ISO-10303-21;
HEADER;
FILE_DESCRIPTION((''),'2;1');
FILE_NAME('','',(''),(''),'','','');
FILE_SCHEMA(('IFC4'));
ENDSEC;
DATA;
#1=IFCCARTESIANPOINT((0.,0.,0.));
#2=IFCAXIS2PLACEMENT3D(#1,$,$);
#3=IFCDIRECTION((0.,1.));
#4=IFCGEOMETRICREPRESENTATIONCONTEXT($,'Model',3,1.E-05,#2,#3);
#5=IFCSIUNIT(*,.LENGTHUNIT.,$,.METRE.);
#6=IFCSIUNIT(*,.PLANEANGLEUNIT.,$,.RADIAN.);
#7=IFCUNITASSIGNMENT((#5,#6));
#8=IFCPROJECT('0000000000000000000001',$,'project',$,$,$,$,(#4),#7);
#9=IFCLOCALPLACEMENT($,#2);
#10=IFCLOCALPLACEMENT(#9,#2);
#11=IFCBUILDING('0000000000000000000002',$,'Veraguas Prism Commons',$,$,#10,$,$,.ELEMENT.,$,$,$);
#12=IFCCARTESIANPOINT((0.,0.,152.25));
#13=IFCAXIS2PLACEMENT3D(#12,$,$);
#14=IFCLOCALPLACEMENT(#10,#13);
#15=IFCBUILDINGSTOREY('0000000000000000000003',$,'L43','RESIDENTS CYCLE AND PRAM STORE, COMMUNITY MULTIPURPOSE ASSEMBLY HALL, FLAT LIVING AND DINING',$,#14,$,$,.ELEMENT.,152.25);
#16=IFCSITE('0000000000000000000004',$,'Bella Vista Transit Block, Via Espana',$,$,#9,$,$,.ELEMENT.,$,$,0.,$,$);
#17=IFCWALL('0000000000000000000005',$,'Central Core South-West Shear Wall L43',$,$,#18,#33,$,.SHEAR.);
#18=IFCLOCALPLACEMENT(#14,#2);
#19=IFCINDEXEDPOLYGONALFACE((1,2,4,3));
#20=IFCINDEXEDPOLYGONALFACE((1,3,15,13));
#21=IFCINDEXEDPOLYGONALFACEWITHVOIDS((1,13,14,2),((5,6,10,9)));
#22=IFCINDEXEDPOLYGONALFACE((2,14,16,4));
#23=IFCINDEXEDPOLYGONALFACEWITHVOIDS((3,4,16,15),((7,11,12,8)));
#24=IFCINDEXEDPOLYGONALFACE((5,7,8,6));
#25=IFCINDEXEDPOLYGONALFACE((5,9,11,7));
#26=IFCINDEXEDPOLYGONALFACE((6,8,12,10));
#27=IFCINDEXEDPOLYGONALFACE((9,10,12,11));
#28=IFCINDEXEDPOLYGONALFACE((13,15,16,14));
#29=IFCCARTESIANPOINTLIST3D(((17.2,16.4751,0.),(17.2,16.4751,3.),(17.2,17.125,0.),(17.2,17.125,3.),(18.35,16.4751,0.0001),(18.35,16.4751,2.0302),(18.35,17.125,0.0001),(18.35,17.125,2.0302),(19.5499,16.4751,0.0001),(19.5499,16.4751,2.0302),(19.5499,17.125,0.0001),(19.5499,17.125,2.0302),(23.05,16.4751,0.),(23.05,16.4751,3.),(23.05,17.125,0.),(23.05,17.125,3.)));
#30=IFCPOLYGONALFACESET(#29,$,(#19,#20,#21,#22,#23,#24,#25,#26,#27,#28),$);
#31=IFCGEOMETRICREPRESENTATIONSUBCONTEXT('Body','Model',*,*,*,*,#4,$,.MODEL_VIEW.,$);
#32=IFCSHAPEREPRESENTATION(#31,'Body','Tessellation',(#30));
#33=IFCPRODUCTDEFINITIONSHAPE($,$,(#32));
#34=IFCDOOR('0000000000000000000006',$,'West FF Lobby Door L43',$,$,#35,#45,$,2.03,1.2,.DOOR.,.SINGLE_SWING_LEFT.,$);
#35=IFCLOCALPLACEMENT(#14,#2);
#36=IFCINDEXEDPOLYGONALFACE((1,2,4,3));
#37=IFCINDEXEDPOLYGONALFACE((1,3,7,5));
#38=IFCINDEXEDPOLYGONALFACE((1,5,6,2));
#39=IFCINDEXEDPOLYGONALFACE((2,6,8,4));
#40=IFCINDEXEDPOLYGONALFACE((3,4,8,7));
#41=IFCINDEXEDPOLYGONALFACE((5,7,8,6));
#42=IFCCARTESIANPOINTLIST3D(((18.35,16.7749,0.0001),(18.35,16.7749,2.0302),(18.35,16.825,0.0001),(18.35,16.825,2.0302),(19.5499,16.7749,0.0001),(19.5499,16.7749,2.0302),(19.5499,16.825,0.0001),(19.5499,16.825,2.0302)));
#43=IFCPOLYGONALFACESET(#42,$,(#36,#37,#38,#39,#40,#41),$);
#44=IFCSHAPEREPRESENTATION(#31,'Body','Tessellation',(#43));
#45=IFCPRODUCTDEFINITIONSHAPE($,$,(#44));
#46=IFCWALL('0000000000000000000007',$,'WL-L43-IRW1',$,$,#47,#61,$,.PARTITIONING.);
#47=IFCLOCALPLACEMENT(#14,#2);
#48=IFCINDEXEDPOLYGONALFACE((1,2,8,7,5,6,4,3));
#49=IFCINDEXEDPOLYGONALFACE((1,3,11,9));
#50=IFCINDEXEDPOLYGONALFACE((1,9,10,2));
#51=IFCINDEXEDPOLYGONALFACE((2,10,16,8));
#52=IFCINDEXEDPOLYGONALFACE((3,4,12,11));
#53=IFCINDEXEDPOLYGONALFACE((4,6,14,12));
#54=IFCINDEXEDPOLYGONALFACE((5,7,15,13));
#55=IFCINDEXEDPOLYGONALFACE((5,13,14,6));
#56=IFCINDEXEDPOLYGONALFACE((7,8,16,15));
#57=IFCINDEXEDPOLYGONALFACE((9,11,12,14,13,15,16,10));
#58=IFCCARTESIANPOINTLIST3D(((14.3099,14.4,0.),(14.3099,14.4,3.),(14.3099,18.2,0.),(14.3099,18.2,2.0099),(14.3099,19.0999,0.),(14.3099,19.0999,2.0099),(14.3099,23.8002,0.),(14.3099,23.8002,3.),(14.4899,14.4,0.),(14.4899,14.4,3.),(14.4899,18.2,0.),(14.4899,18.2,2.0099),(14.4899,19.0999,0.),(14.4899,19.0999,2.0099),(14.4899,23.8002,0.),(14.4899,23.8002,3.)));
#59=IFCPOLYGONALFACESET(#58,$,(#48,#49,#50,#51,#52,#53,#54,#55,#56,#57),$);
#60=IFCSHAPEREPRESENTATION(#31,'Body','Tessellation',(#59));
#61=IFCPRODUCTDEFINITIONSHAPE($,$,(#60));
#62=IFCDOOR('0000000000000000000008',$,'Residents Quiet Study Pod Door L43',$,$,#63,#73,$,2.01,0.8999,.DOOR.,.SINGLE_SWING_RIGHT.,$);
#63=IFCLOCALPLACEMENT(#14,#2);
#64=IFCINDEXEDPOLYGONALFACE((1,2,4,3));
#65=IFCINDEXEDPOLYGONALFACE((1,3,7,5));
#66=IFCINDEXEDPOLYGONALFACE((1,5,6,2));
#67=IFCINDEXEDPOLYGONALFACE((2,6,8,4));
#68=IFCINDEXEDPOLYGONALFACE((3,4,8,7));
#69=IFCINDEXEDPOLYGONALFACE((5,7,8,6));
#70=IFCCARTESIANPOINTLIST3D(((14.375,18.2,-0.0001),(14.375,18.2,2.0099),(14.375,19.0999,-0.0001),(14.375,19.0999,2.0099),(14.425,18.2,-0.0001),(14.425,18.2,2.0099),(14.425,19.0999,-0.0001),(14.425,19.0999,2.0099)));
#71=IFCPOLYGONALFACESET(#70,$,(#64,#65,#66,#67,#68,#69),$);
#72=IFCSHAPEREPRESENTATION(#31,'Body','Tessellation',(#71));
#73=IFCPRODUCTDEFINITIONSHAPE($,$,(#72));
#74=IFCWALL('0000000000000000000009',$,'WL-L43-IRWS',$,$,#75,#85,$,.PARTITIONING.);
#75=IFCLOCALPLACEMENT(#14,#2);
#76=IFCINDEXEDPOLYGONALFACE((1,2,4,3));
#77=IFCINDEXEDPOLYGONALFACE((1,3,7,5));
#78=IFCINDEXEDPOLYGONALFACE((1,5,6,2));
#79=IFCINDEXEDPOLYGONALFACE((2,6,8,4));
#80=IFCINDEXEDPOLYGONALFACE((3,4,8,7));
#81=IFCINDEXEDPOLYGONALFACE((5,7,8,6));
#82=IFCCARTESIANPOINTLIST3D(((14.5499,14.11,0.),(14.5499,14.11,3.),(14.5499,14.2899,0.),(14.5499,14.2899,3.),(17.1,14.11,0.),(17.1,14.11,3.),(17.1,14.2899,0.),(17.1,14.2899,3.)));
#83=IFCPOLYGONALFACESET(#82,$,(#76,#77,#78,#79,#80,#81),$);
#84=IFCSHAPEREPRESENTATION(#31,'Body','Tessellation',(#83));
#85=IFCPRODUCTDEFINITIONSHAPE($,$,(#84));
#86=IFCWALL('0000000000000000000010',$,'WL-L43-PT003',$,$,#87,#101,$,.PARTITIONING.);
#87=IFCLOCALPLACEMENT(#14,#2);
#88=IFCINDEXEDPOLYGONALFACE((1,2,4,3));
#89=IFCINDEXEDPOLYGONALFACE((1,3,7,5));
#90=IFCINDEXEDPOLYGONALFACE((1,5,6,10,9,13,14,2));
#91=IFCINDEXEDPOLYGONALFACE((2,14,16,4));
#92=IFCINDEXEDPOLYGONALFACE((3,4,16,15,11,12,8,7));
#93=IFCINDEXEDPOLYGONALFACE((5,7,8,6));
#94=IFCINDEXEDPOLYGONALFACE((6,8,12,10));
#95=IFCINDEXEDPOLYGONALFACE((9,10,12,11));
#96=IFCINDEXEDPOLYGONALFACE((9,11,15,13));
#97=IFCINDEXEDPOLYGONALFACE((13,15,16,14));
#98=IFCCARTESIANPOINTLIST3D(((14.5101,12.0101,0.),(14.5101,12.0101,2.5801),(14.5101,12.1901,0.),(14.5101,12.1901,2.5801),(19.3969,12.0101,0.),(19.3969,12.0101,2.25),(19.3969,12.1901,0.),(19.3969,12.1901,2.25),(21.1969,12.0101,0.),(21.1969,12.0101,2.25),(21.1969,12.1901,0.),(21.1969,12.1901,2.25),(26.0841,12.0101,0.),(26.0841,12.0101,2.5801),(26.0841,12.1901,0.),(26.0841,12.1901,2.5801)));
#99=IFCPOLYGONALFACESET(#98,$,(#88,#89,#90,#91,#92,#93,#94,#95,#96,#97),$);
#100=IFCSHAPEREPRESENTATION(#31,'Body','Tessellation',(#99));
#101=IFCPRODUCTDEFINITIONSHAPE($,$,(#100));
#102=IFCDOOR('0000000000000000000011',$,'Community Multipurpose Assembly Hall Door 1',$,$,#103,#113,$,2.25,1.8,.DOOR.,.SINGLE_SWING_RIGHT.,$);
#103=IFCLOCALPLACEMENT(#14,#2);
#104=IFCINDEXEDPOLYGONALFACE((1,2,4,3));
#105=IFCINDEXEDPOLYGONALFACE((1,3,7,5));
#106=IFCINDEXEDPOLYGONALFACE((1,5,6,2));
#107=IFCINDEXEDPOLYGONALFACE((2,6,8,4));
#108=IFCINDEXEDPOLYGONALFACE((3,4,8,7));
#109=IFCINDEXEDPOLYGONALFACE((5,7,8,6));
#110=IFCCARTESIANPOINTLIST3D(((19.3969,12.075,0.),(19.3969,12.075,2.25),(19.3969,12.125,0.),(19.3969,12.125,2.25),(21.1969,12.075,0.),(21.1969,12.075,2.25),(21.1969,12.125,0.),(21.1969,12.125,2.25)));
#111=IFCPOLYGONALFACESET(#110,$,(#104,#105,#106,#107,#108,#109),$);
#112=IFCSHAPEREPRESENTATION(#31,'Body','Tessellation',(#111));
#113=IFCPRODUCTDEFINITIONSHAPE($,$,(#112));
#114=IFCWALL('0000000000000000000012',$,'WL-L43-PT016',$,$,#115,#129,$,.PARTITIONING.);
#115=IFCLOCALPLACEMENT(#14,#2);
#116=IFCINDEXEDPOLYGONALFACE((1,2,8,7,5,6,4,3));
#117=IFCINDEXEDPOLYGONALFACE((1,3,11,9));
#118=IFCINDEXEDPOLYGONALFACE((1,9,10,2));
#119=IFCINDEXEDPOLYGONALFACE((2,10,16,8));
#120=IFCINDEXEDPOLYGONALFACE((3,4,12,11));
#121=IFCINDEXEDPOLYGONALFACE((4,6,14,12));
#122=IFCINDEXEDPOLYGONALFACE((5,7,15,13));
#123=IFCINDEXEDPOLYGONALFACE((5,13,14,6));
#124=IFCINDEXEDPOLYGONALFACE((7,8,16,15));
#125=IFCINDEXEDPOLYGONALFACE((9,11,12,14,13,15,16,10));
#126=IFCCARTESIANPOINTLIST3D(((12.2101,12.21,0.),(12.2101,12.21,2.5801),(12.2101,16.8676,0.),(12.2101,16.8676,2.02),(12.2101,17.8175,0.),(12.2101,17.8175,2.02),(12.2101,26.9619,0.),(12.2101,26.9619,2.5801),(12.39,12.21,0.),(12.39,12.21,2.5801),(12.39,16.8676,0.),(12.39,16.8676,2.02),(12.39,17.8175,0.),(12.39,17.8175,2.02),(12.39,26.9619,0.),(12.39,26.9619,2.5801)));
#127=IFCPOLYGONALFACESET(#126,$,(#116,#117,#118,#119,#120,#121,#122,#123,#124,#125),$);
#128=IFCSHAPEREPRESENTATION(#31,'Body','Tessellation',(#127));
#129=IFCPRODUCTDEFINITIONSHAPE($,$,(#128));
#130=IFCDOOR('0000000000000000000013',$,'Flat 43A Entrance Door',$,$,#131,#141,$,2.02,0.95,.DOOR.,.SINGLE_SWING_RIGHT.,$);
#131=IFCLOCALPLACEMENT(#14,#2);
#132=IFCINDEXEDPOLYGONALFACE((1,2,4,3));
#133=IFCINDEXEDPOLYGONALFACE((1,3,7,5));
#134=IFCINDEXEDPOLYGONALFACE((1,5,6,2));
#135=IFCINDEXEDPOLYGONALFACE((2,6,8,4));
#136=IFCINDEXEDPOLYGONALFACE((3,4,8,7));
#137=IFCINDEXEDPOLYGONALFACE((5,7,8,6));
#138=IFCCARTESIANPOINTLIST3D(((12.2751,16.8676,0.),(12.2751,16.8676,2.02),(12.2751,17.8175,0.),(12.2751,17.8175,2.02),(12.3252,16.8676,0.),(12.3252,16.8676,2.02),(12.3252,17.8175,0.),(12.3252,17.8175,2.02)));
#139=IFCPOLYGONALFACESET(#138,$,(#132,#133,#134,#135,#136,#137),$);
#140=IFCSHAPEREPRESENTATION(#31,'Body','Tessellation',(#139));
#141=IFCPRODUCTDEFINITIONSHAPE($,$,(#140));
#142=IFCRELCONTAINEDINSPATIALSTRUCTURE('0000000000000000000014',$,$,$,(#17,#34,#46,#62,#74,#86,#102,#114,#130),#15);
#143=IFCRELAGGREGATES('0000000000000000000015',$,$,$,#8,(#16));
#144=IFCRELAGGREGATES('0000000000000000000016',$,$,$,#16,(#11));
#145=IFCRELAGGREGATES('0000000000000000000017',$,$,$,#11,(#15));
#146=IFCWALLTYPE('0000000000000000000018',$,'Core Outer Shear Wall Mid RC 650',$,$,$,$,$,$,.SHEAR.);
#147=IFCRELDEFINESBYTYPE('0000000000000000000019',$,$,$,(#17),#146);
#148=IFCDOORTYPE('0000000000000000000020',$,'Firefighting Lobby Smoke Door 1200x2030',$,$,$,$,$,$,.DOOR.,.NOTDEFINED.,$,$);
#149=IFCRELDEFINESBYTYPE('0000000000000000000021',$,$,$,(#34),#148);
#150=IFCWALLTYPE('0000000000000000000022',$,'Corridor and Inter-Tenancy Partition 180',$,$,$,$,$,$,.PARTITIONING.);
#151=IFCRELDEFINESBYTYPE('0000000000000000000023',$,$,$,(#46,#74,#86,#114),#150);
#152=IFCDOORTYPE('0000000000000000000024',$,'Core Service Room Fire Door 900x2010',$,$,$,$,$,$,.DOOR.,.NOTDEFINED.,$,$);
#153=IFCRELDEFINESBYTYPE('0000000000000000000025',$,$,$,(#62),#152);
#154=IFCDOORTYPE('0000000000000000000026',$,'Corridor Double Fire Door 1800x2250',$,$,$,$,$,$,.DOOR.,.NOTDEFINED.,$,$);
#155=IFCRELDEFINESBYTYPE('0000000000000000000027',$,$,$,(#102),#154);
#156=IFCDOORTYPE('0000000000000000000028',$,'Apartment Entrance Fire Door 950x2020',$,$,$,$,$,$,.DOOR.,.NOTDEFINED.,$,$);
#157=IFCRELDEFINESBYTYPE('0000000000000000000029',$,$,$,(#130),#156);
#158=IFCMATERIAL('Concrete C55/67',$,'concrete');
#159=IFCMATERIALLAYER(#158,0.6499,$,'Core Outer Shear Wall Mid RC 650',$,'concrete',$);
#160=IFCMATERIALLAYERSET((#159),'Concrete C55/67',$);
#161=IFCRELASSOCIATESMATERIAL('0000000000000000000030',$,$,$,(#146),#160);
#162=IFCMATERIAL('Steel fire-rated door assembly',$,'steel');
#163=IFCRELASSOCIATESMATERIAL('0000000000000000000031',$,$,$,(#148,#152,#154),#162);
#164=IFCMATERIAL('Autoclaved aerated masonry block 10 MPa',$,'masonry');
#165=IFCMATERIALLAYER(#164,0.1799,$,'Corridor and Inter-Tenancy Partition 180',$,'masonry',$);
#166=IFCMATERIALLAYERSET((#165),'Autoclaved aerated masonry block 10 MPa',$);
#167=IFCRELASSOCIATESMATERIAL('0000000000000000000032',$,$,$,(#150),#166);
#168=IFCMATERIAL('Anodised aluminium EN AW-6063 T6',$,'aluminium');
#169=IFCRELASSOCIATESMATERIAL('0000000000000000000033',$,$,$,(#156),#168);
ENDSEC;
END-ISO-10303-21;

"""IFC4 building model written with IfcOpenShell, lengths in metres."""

from ifc_helpers import new_model, si_unit, direction, frame, frame_2d, origin, place, context, subcontext, project, spatial, rectangle, extrude, source, transform, mapped, material, layer, layer_set, type_object, element, fill, save


model = new_model("IFC4")

# Units and contexts
model_context = context("Model", 3, precision=1e-05, world=origin(), true_north=direction((0.0, 1.0)))
body_context = subcontext(model_context, "Body", "Model", "MODEL_VIEW")
ifc_project = project(units=[si_unit("LENGTHUNIT", "METRE"), si_unit("PLANEANGLEUNIT", "RADIAN")], contexts=[model_context])

# Site, building, storey
site_placement = place(None, origin())
site = spatial("IfcSite", under=ifc_project, at=site_placement, Name="Bella Vista Transit Block, Via Espana", CompositionType="ELEMENT", RefElevation=0.0)
building_placement = place(site_placement, origin())
building = spatial("IfcBuilding", under=site, at=building_placement, Name="Veraguas Prism Commons", CompositionType="ELEMENT")
storey_placement = place(building_placement, frame((0.0, 0.0, 152.25)))
storey = spatial("IfcBuildingStorey", under=building, at=storey_placement, Name="L43", Description="RESIDENTS CYCLE AND PRAM STORE, COMMUNITY MULTIPURPOSE ASSEMBLY HALL, FLAT LIVING AND DINING", CompositionType="ELEMENT", Elevation=152.25)

# Shared definitions
ifc_material_1 = material(Name="Steel fire-rated door assembly", Category="steel")

# Shared definitions
ifc_material_2 = material(Name="Concrete C55/67", Category="concrete")
ifc_layer_1 = layer(ifc_material_2, 0.6499, Name="Core Outer Shear Wall Mid RC 650", Category="concrete")
ifc_layer_set_1 = layer_set([ifc_layer_1], Name="Concrete C55/67")
wall_type_1 = type_object("IfcWallType", Name="Core Outer Shear Wall Mid RC 650", PredefinedType="SHEAR", material=ifc_layer_set_1)

# Walls, openings, doors
wall_1_placement = place(storey_placement, frame((17.2, 16.8, 0.0), z_axis=(0.0, 0.0, 1.0), x_axis=(1.0, 0.0, 0.0)))
wall_1 = element("IfcWall", 1, at=wall_1_placement, inside=storey, type_object=wall_type_1, Name="Central Core South-West Shear Wall L43", PredefinedType="SHEAR", context=body_context, shape_type="SweptSolid", body=[
    extrude(rectangle(XDim=5.8501, YDim=0.6499, at=frame_2d((2.925, 0.0))), origin(), (0.0, 0.0, 1.0), 3.0),
])
opening_1_placement = place(wall_1_placement, frame((1.1499, 0.0, 0.0)))
opening_1 = element("IfcOpeningElement", 2, at=opening_1_placement, cuts=wall_1, PredefinedType="OPENING", context=body_context, shape_type="SweptSolid", body=[
    extrude(rectangle(XDim=1.2, YDim=2.03, at=frame_2d((0.6001, 1.0151))), frame((0.0, 0.335, 0.0), z_axis=(0.0, -1.0, 0.0), x_axis=(1.0, 0.0, 0.0)), (0.0, 0.0, 1.0), 0.6699),
])
door_type_1 = type_object("IfcDoorType", Name="Firefighting Lobby Smoke Door 1200x2030", OperationType="NOTDEFINED", PredefinedType="DOOR", material=ifc_material_1)
shared_shape_1 = source(origin(), body_context, "Body", "SweptSolid", [
    extrude(rectangle(XDim=1.2, YDim=2.03, at=frame_2d((0.6001, 1.0151))), frame((0.0, 0.0249, 0.0), z_axis=(0.0, -1.0, 0.0), x_axis=(1.0, 0.0, 0.0)), (0.0, 0.0, 1.0), 0.05),
])
door_1_placement = place(opening_1_placement, origin())
door_1 = element("IfcDoor", 3, at=door_1_placement, inside=storey, type_object=door_type_1, Name="West FF Lobby Door L43", OperationType="SINGLE_SWING_LEFT", OverallHeight=2.03, OverallWidth=1.2, PredefinedType="DOOR", context=body_context, shape_type="MappedRepresentation", body=[
    mapped(shared_shape_1, transform((0.0, 0.0, 0.0), scale=1.0)),
])
fill(opening_1, door_1)
ifc_material_3 = material(Name="Autoclaved aerated masonry block 10 MPa", Category="masonry")
ifc_layer_2 = layer(ifc_material_3, 0.1799, Name="Corridor and Inter-Tenancy Partition 180", Category="masonry")
ifc_layer_set_2 = layer_set([ifc_layer_2], Name="Autoclaved aerated masonry block 10 MPa")
wall_type_2 = type_object("IfcWallType", Name="Corridor and Inter-Tenancy Partition 180", PredefinedType="PARTITIONING", material=ifc_layer_set_2)
wall_2_placement = place(storey_placement, frame((14.3999, 14.3999, 0.0), z_axis=(0.0, 0.0, 1.0), x_axis=(0.0, 1.0, 0.0)))
wall_2 = element("IfcWall", 4, at=wall_2_placement, inside=storey, type_object=wall_type_2, Name="WL-L43-IRW1", PredefinedType="PARTITIONING", context=body_context, shape_type="SweptSolid", body=[
    extrude(rectangle(XDim=9.4001, YDim=0.1799, at=frame_2d((4.7002, 0.0))), origin(), (0.0, 0.0, 1.0), 3.0),
])
opening_2_placement = place(wall_2_placement, frame((3.8, 0.0, 0.0)))
opening_2 = element("IfcOpeningElement", 5, at=opening_2_placement, cuts=wall_2, PredefinedType="OPENING", context=body_context, shape_type="SweptSolid", body=[
    extrude(rectangle(XDim=0.8999, YDim=2.01, at=frame_2d((0.45, 1.0049))), frame((0.0, 0.0999, 0.0), z_axis=(0.0, -1.0, 0.0), x_axis=(1.0, 0.0, 0.0)), (0.0, 0.0, 1.0), 0.2),
])
door_type_2 = type_object("IfcDoorType", Name="Core Service Room Fire Door 900x2010", OperationType="NOTDEFINED", PredefinedType="DOOR", material=ifc_material_1)
shared_shape_2 = source(origin(), body_context, "Body", "SweptSolid", [
    extrude(rectangle(XDim=0.8999, YDim=2.01, at=frame_2d((0.45, 1.0049))), frame((0.0, 0.0249, 0.0), z_axis=(0.0, -1.0, 0.0), x_axis=(1.0, 0.0, 0.0)), (0.0, 0.0, 1.0), 0.05),
])
door_2_placement = place(opening_2_placement, origin())
door_2 = element("IfcDoor", 6, at=door_2_placement, inside=storey, type_object=door_type_2, Name="Residents Quiet Study Pod Door L43", OperationType="SINGLE_SWING_RIGHT", OverallHeight=2.01, OverallWidth=0.8999, PredefinedType="DOOR", context=body_context, shape_type="MappedRepresentation", body=[
    mapped(shared_shape_2, transform((0.0, 0.0, 0.0), scale=1.0)),
])
fill(opening_2, door_2)

# Wall
wall_3_placement = place(storey_placement, frame((14.55, 14.2, 0.0), z_axis=(0.0, 0.0, 1.0), x_axis=(1.0, 0.0, 0.0)))
element("IfcWall", 7, at=wall_3_placement, inside=storey, type_object=wall_type_2, Name="WL-L43-IRWS", PredefinedType="PARTITIONING", context=body_context, shape_type="SweptSolid", body=[
    extrude(rectangle(XDim=2.55, YDim=0.1799, at=frame_2d((1.2749, 0.0))), origin(), (0.0, 0.0, 1.0), 3.0),
])

# Walls, openings, doors
wall_4_placement = place(storey_placement, frame((14.51, 12.1001, 0.0), z_axis=(0.0, 0.0, 1.0), x_axis=(1.0, 0.0, 0.0)))
wall_4 = element("IfcWall", 8, at=wall_4_placement, inside=storey, type_object=wall_type_2, Name="WL-L43-PT003", PredefinedType="PARTITIONING", context=body_context, shape_type="SweptSolid", body=[
    extrude(rectangle(XDim=11.574, YDim=0.1799, at=frame_2d((5.7871, 0.0))), origin(), (0.0, 0.0, 1.0), 2.5801),
])
opening_3_placement = place(wall_4_placement, frame((4.887, 0.0, 0.0)))
opening_3 = element("IfcOpeningElement", 9, at=opening_3_placement, cuts=wall_4, PredefinedType="OPENING", context=body_context, shape_type="SweptSolid", body=[
    extrude(rectangle(XDim=1.8, YDim=2.25, at=frame_2d((0.8999, 1.125))), frame((0.0, 0.0999, 0.0), z_axis=(0.0, -1.0, 0.0), x_axis=(1.0, 0.0, 0.0)), (0.0, 0.0, 1.0), 0.2),
])
door_type_3 = type_object("IfcDoorType", Name="Corridor Double Fire Door 1800x2250", OperationType="NOTDEFINED", PredefinedType="DOOR", material=ifc_material_1)
shared_shape_3 = source(origin(), body_context, "Body", "SweptSolid", [
    extrude(rectangle(XDim=1.8, YDim=2.25, at=frame_2d((0.8999, 1.125))), frame((0.0, 0.0249, 0.0), z_axis=(0.0, -1.0, 0.0), x_axis=(1.0, 0.0, 0.0)), (0.0, 0.0, 1.0), 0.05),
])
door_3_placement = place(opening_3_placement, origin())
door_3 = element("IfcDoor", 10, at=door_3_placement, inside=storey, type_object=door_type_3, Name="Community Multipurpose Assembly Hall Door 1", OperationType="SINGLE_SWING_RIGHT", OverallHeight=2.25, OverallWidth=1.8, PredefinedType="DOOR", context=body_context, shape_type="MappedRepresentation", body=[
    mapped(shared_shape_3, transform((0.0, 0.0, 0.0), scale=1.0)),
])
fill(opening_3, door_3)
wall_5_placement = place(storey_placement, frame((12.3, 12.21, 0.0), z_axis=(0.0, 0.0, 1.0), x_axis=(0.0, 1.0, 0.0)))
wall_5 = element("IfcWall", 11, at=wall_5_placement, inside=storey, type_object=wall_type_2, Name="WL-L43-PT016", PredefinedType="PARTITIONING", context=body_context, shape_type="SweptSolid", body=[
    extrude(rectangle(XDim=14.752, YDim=0.1799, at=frame_2d((7.376, 0.0))), origin(), (0.0, 0.0, 1.0), 2.5801),
])
opening_4_placement = place(wall_5_placement, frame((4.6575, 0.0, 0.0)))
opening_4 = element("IfcOpeningElement", 12, at=opening_4_placement, cuts=wall_5, PredefinedType="OPENING", context=body_context, shape_type="SweptSolid", body=[
    extrude(rectangle(XDim=0.95, YDim=2.02, at=frame_2d((0.4751, 1.01))), frame((0.0, 0.0999, 0.0), z_axis=(0.0, -1.0, 0.0), x_axis=(1.0, 0.0, 0.0)), (0.0, 0.0, 1.0), 0.2),
])
ifc_material_4 = material(Name="Anodised aluminium EN AW-6063 T6", Category="aluminium")
door_type_4 = type_object("IfcDoorType", Name="Apartment Entrance Fire Door 950x2020", OperationType="NOTDEFINED", PredefinedType="DOOR", material=ifc_material_4)
shared_shape_4 = source(origin(), body_context, "Body", "SweptSolid", [
    extrude(rectangle(XDim=0.95, YDim=2.02, at=frame_2d((0.4751, 1.01))), frame((0.0, 0.0249, 0.0), z_axis=(0.0, -1.0, 0.0), x_axis=(1.0, 0.0, 0.0)), (0.0, 0.0, 1.0), 0.05),
])
door_4_placement = place(opening_4_placement, origin())
door_4 = element("IfcDoor", 13, at=door_4_placement, inside=storey, type_object=door_type_4, Name="Flat 43A Entrance Door", OperationType="SINGLE_SWING_RIGHT", OverallHeight=2.02, OverallWidth=0.95, PredefinedType="DOOR", context=body_context, shape_type="MappedRepresentation", body=[
    mapped(shared_shape_4, transform((0.0, 0.0, 0.0), scale=1.0)),
])
fill(opening_4, door_4)

save(model, "model.ifc")
